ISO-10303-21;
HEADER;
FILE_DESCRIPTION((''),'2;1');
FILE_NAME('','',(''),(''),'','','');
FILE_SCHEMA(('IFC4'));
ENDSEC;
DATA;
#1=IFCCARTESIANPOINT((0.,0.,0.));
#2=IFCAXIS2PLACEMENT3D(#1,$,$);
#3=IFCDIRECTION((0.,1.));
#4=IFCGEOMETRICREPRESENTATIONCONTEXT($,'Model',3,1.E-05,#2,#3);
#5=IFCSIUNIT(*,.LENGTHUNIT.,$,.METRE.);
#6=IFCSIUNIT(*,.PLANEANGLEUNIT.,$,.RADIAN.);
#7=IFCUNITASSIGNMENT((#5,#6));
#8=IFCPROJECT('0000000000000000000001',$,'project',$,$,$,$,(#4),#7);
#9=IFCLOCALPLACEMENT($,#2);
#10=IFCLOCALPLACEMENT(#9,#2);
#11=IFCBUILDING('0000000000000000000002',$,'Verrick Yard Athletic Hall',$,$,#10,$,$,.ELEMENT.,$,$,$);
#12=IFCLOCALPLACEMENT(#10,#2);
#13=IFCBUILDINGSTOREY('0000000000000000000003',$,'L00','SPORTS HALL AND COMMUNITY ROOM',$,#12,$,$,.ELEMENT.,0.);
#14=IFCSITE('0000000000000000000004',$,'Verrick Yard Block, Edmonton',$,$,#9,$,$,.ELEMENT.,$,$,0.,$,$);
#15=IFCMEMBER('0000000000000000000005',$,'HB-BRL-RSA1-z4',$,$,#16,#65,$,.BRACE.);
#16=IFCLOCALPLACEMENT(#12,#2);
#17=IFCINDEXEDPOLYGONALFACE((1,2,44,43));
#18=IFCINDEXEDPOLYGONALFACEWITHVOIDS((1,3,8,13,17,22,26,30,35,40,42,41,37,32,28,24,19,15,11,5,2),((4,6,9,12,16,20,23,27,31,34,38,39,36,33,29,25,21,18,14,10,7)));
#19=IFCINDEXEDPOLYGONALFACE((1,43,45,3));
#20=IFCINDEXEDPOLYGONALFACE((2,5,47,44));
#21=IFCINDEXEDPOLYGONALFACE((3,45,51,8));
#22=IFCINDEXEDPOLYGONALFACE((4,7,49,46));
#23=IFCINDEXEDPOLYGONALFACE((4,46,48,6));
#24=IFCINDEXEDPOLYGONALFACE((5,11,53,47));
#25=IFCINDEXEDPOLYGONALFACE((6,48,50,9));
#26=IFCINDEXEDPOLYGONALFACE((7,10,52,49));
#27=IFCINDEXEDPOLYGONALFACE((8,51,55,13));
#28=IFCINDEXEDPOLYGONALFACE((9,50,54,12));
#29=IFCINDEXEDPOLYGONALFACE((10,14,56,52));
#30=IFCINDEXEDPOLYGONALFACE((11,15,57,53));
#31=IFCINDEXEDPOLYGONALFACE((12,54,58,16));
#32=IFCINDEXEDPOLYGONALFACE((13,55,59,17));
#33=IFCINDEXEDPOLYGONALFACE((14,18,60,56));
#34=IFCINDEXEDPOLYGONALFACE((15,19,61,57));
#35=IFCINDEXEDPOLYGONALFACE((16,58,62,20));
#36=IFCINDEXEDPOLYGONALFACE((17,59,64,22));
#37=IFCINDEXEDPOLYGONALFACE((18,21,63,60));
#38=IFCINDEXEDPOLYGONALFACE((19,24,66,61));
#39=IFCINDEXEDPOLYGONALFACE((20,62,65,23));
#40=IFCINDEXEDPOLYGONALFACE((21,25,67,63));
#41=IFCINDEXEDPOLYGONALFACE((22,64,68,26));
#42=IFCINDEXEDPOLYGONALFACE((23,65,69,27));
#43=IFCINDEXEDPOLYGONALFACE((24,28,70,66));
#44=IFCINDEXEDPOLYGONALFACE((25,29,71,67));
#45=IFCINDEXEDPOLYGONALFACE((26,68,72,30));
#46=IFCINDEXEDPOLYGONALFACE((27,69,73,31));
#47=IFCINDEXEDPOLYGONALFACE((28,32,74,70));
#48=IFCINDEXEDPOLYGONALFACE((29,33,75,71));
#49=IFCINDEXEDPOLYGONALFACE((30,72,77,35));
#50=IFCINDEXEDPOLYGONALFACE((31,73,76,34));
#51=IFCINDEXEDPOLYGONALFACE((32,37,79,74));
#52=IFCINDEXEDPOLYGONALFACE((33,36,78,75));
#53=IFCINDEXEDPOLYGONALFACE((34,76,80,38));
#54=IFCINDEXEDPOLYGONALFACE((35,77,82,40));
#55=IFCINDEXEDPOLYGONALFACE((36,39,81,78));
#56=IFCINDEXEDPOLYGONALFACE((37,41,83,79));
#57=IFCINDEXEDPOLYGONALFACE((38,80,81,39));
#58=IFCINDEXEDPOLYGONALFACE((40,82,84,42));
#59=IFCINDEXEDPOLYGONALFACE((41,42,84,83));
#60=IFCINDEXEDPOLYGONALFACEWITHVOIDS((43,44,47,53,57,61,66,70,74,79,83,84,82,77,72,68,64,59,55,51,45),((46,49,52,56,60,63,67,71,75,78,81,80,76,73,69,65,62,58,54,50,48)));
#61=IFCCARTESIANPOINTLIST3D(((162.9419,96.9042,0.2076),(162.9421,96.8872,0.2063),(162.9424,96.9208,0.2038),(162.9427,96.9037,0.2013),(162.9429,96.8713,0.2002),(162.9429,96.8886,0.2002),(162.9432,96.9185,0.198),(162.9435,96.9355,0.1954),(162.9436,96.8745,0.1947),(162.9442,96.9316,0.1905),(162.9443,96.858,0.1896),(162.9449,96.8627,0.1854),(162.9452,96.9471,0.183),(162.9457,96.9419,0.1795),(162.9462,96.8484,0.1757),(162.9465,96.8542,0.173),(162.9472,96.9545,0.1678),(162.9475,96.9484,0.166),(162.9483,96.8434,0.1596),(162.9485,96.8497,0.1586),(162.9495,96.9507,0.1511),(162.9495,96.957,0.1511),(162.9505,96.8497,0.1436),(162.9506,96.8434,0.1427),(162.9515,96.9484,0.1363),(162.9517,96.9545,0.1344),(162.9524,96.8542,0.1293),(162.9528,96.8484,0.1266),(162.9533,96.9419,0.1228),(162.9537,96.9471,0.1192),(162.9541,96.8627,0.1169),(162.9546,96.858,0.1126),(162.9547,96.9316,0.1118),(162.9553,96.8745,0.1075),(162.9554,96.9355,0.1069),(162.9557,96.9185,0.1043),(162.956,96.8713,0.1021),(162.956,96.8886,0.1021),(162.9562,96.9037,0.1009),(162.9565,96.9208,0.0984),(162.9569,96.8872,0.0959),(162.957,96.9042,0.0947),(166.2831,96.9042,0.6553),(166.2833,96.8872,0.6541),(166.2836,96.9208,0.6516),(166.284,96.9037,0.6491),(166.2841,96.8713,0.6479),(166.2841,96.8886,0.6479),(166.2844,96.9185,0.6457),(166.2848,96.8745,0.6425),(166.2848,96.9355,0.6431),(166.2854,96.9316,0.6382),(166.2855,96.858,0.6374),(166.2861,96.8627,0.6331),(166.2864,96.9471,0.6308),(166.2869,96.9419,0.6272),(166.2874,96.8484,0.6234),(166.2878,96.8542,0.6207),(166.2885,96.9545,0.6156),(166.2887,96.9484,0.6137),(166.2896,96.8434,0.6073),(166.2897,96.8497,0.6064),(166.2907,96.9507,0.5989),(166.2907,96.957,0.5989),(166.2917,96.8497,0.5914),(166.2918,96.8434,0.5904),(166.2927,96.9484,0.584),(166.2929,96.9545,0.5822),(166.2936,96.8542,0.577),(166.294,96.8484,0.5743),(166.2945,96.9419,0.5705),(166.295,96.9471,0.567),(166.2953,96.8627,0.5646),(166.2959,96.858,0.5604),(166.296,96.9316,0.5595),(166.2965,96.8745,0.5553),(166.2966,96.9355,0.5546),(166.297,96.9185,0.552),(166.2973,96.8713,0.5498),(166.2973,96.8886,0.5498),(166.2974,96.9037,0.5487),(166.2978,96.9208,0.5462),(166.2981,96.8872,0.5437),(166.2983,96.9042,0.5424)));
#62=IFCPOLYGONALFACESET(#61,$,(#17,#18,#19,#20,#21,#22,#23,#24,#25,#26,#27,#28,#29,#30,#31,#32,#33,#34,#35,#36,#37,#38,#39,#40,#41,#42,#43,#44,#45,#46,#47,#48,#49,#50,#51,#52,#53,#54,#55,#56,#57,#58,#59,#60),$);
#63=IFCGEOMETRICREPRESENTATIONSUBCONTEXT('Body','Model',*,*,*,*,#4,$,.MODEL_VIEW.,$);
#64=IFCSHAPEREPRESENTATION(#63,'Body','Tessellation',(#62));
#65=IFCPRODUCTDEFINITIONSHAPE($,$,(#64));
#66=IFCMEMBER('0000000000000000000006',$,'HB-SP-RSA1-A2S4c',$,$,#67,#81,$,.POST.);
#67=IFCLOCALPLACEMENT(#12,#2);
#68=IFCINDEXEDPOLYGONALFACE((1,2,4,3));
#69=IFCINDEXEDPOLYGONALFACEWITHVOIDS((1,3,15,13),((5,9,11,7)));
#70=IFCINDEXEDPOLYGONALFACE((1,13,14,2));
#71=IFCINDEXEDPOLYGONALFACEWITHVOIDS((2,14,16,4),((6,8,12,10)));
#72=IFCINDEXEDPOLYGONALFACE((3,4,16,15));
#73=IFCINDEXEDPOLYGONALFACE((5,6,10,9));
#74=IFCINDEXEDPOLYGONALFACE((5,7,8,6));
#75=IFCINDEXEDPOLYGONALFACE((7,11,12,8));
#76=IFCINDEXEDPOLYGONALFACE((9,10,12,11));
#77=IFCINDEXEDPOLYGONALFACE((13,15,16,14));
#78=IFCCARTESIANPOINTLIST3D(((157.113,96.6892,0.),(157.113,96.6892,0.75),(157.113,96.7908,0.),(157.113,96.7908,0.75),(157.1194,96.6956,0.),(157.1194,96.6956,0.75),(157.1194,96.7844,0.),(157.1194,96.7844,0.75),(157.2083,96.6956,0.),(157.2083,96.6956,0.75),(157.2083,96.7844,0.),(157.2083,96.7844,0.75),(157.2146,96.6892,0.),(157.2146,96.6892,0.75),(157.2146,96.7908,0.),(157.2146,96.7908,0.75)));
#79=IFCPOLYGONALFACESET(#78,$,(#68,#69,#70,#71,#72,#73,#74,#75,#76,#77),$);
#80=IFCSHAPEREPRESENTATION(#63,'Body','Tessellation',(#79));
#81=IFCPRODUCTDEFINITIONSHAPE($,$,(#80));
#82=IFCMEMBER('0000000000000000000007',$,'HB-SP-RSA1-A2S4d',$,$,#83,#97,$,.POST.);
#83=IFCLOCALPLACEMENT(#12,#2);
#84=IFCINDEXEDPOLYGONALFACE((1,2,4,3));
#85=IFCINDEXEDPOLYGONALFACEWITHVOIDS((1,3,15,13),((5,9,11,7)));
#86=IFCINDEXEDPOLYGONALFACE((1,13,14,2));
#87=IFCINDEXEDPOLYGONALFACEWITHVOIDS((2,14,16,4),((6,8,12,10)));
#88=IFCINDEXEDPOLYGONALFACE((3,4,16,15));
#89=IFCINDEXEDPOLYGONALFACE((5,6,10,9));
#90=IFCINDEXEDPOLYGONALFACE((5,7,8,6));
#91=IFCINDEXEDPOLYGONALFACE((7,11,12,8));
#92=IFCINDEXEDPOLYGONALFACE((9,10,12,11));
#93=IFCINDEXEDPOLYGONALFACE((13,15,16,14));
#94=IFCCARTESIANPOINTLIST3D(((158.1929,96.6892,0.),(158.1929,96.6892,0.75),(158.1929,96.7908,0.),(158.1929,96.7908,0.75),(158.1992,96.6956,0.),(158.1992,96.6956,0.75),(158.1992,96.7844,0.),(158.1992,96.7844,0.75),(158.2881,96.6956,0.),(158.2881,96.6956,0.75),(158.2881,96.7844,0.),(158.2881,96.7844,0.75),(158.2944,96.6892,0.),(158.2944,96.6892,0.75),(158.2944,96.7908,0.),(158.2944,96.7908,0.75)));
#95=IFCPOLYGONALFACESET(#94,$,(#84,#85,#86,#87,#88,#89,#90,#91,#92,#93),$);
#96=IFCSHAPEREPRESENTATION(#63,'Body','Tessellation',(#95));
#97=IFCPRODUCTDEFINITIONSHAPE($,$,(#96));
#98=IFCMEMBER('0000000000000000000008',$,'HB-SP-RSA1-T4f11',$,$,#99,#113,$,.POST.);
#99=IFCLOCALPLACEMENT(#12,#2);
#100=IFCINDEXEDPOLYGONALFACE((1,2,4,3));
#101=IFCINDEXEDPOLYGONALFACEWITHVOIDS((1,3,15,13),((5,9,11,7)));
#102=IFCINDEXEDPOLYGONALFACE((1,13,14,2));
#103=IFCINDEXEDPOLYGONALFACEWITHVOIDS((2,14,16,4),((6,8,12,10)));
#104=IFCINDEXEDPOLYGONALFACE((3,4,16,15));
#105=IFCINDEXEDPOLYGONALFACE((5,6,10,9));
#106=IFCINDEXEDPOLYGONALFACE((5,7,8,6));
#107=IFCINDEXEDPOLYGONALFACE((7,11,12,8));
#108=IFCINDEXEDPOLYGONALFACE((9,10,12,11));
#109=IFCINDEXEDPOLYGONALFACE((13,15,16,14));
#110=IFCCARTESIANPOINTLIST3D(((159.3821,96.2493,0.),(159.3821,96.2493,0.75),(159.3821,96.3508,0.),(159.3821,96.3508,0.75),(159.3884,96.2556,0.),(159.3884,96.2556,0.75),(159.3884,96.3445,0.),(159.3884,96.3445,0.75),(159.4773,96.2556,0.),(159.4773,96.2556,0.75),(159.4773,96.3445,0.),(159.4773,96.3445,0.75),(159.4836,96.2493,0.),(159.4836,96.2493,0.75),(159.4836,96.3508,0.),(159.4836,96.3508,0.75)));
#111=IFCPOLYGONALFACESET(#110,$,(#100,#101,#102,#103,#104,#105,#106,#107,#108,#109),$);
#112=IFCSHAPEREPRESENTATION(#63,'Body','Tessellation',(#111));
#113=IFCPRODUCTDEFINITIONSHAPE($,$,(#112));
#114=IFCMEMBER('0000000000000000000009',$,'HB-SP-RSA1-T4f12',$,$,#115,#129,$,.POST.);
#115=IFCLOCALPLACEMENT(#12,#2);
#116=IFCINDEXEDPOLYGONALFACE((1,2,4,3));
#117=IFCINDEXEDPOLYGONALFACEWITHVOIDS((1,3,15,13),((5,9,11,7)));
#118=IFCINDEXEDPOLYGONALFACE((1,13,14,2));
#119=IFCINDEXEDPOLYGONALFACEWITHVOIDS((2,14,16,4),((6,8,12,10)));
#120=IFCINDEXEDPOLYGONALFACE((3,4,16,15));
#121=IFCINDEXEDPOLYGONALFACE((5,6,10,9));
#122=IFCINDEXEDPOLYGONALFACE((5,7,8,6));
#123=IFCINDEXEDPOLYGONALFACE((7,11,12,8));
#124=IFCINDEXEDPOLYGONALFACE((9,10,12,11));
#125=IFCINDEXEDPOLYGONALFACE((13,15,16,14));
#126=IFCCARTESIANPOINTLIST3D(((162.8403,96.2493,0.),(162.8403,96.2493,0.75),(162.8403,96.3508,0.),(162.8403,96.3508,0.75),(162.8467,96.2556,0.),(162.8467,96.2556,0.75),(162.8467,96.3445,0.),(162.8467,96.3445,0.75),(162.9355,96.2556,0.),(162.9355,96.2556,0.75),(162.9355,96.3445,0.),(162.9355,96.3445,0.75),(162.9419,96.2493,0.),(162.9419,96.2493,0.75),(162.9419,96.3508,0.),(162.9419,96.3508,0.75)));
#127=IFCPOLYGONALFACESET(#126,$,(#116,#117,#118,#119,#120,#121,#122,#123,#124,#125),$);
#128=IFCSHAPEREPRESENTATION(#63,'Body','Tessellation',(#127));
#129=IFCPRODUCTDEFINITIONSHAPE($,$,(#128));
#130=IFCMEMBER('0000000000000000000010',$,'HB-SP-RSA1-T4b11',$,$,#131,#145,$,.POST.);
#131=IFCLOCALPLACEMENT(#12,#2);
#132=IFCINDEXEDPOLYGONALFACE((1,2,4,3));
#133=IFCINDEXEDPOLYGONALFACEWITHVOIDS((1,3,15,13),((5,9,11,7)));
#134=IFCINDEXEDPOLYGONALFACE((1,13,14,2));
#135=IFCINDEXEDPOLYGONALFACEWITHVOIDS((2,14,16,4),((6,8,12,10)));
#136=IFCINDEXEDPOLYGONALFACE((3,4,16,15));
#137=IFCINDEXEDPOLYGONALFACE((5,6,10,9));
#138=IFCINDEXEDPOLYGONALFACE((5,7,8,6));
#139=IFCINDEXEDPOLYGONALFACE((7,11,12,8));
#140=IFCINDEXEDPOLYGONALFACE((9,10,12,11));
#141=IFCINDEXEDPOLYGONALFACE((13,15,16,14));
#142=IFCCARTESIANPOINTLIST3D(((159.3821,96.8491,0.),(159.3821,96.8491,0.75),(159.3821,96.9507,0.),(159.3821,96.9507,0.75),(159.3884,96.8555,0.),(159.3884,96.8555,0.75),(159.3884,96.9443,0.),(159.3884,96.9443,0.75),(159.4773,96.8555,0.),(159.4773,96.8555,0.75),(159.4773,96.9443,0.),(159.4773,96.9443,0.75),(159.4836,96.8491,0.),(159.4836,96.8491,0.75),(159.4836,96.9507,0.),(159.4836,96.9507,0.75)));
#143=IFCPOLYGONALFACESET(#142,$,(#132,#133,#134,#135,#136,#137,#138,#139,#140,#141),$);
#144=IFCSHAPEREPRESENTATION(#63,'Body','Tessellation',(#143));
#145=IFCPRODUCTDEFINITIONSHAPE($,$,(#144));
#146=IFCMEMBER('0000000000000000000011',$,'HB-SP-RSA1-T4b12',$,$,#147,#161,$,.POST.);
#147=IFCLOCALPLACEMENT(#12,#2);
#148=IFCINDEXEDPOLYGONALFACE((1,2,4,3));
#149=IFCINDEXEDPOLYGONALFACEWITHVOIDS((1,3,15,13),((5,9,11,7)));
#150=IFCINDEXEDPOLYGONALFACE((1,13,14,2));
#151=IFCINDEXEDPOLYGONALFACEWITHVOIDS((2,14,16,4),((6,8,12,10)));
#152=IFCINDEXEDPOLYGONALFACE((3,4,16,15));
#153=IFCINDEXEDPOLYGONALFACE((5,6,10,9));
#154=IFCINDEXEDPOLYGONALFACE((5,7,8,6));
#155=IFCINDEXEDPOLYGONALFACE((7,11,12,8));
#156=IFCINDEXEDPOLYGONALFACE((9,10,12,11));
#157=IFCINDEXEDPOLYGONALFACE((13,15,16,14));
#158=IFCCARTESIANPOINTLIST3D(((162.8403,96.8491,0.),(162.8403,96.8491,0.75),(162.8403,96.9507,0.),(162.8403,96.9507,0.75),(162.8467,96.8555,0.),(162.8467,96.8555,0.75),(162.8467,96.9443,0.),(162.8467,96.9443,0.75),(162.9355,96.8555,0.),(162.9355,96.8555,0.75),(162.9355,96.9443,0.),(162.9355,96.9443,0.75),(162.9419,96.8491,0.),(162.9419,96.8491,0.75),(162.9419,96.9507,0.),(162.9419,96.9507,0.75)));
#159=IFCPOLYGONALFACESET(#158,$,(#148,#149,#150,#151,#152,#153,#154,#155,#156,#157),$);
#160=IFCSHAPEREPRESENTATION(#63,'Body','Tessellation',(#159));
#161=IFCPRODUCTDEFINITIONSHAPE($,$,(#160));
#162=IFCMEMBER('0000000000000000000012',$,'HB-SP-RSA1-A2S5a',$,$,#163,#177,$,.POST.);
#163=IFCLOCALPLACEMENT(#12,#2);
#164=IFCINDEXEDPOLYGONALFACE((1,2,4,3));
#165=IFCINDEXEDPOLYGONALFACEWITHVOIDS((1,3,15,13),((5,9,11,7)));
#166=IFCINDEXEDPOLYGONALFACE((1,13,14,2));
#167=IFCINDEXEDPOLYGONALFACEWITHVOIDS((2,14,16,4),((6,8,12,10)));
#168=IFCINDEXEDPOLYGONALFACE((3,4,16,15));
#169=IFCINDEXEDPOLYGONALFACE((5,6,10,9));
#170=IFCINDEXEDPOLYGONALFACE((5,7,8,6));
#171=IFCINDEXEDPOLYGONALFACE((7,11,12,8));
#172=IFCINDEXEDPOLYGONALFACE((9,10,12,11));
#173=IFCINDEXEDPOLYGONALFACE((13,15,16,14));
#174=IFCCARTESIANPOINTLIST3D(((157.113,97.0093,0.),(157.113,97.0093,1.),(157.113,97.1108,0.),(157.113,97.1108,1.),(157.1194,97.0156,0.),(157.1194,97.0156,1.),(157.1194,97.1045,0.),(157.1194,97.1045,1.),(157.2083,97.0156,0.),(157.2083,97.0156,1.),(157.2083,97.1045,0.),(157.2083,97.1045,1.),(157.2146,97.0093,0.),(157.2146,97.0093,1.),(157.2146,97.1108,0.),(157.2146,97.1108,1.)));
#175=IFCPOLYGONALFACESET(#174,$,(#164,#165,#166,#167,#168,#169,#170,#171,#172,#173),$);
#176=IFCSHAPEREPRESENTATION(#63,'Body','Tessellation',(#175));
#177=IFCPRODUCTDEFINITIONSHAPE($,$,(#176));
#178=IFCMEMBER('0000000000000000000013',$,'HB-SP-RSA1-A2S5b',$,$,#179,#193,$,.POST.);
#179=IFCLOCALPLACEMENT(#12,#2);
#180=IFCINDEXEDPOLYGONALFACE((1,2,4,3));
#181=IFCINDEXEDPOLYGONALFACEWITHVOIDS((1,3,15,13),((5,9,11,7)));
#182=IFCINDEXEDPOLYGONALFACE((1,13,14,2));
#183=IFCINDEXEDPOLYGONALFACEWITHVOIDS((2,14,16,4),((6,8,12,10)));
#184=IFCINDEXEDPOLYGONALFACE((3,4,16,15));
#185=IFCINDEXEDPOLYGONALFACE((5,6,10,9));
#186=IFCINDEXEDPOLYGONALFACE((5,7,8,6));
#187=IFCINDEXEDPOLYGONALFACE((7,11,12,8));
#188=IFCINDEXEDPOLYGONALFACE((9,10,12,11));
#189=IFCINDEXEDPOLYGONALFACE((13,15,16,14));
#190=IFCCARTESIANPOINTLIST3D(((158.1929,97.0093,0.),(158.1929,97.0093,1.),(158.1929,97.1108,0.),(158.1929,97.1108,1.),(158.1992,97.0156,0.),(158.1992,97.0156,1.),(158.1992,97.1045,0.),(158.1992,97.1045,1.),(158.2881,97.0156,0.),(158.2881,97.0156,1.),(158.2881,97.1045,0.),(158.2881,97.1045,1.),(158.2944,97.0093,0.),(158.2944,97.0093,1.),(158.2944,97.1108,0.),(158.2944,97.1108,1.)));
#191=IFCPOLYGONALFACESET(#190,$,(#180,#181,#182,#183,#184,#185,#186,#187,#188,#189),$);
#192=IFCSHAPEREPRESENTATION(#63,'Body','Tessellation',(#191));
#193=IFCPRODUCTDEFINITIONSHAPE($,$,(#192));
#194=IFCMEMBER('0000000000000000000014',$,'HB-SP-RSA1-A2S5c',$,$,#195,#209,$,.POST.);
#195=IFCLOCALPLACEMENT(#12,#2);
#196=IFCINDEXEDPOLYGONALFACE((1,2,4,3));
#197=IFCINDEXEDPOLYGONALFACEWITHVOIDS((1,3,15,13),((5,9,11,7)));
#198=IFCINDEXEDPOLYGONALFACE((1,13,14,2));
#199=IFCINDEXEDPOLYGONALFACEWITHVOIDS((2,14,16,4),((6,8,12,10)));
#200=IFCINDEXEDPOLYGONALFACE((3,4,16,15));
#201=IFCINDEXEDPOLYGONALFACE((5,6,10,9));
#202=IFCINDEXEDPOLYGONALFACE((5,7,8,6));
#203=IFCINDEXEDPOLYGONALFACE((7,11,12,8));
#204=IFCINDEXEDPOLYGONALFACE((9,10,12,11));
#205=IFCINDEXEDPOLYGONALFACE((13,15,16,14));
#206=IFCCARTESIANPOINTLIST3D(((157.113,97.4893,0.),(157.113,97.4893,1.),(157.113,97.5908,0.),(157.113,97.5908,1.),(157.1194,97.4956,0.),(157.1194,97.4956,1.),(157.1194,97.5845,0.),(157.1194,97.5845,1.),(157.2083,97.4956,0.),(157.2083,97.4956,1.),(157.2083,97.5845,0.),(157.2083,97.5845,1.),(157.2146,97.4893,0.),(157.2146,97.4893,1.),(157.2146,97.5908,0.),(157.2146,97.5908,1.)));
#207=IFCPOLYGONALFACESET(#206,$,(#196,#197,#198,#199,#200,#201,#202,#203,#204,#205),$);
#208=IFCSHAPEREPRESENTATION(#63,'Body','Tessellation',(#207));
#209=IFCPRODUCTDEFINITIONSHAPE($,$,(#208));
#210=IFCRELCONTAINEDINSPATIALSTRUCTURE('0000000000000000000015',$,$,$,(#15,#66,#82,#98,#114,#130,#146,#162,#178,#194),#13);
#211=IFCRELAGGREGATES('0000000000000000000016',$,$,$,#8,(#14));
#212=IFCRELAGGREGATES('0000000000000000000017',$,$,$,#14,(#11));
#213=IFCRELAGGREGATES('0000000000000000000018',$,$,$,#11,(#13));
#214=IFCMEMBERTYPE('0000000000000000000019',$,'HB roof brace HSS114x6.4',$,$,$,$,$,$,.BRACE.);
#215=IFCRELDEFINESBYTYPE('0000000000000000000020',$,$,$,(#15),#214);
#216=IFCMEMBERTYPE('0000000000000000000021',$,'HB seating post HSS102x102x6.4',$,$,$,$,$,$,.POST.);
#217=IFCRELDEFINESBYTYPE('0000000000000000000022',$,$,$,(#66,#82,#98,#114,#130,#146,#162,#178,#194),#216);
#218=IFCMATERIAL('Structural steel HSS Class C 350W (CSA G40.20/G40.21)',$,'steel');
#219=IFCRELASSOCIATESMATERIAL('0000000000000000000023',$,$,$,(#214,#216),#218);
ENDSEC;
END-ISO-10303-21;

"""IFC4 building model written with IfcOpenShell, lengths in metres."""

from ifc_helpers import new_model, si_unit, direction, frame, origin, origin_2d, place, context, subcontext, project, spatial, hollow_rectangle, hollow_circle, extrude, material, material_profile, profile_set, type_object, element, save


model = new_model("IFC4")

# Units and contexts
model_context = context("Model", 3, precision=1e-05, world=origin(), true_north=direction((0.0, 1.0)))
body_context = subcontext(model_context, "Body", "Model", "MODEL_VIEW")
ifc_project = project(units=[si_unit("LENGTHUNIT", "METRE"), si_unit("PLANEANGLEUNIT", "RADIAN")], contexts=[model_context])

# Site, building, storey
site_placement = place(None, origin())
site = spatial("IfcSite", under=ifc_project, at=site_placement, Name="Verrick Yard Block, Edmonton", CompositionType="ELEMENT", RefElevation=0.0)
building_placement = place(site_placement, origin())
building = spatial("IfcBuilding", under=site, at=building_placement, Name="Verrick Yard Athletic Hall", CompositionType="ELEMENT")
storey_placement = place(building_placement, origin())
storey = spatial("IfcBuildingStorey", under=building, at=storey_placement, Name="L00", Description="SPORTS HALL AND COMMUNITY ROOM", CompositionType="ELEMENT", Elevation=0.0)

# Members
ifc_material = material(Name="Structural steel HSS Class C 350W (CSA G40.20/G40.21)", Category="steel")
ifc_material_profile_1 = material_profile(ifc_material, hollow_circle(Radius=0.0571, WallThickness=0.0063, at=origin_2d()), Name="HSS114x6.4")
ifc_profile_set_1 = profile_set([ifc_material_profile_1], Name="Structural steel HSS Class C 350W (CSA G40.20/G40.21)")
member_type_1 = type_object("IfcMemberType", Name="HB roof brace HSS114x6.4", PredefinedType="BRACE", material=ifc_profile_set_1)
member_placement = place(storey_placement, frame((162.9495, 96.8999, 0.1511), z_axis=(0.99114, 0.0, 0.132818), x_axis=(0.0, 1.0, 0.0)))
element("IfcMember", 1, at=member_placement, inside=storey, type_object=member_type_1, Name="HB-BRL-RSA1-z4", PredefinedType="BRACE", context=body_context, shape_type="SweptSolid", body=[
    extrude(hollow_circle(Radius=0.0571, WallThickness=0.0063, at=origin_2d()), origin(), (0.0, 0.0, 1.0), 3.3711),
])
ifc_material_profile_2 = material_profile(ifc_material, hollow_rectangle(XDim=0.1016, YDim=0.1016, WallThickness=0.0063, at=origin_2d()), Name="HSS102x102x6.4")
ifc_profile_set_2 = profile_set([ifc_material_profile_2], Name="Structural steel HSS Class C 350W (CSA G40.20/G40.21)")
member_type_2 = type_object("IfcMemberType", Name="HB seating post HSS102x102x6.4", PredefinedType="POST", material=ifc_profile_set_2)
for number, where, z_axis, x_axis, name in (
    (2, (157.1638, 96.74, 0.0), (0.0, 0.0, 1.0), (0.0, 1.0, 0.0), "HB-SP-RSA1-A2S4c"),
    (3, (158.2437, 96.74, 0.0), (0.0, 0.0, 1.0), (0.0, 1.0, 0.0), "HB-SP-RSA1-A2S4d"),
    (4, (159.4329, 96.3, 0.0), (0.0, 0.0, 1.0), (0.0, 1.0, 0.0), "HB-SP-RSA1-T4f11"),
    (5, (162.8911, 96.3, 0.0), (0.0, 0.0, 1.0), (0.0, 1.0, 0.0), "HB-SP-RSA1-T4f12"),
    (6, (159.4329, 96.8999, 0.0), (0.0, 0.0, 1.0), (0.0, 1.0, 0.0), "HB-SP-RSA1-T4b11"),
    (7, (162.8911, 96.8999, 0.0), (0.0, 0.0, 1.0), (0.0, 1.0, 0.0), "HB-SP-RSA1-T4b12"),
):
    element("IfcMember", number, at=place(storey_placement, frame(where, z_axis=z_axis, x_axis=x_axis)), inside=storey, type_object=member_type_2, Name=name, PredefinedType="POST", context=body_context, shape_type="SweptSolid", body=[
        extrude(hollow_rectangle(XDim=0.1016, YDim=0.1016, WallThickness=0.0063, at=origin_2d()), origin(), (0.0, 0.0, 1.0), 0.75),
    ])
for number, where, z_axis, x_axis, name in (
    (8, (157.1638, 97.0601, 0.0), (0.0, 0.0, 1.0), (0.0, 1.0, 0.0), "HB-SP-RSA1-A2S5a"),
    (9, (158.2437, 97.0601, 0.0), (0.0, 0.0, 1.0), (0.0, 1.0, 0.0), "HB-SP-RSA1-A2S5b"),
    (10, (157.1638, 97.54, 0.0), (0.0, 0.0, 1.0), (0.0, 1.0, 0.0), "HB-SP-RSA1-A2S5c"),
):
    element("IfcMember", number, at=place(storey_placement, frame(where, z_axis=z_axis, x_axis=x_axis)), inside=storey, type_object=member_type_2, Name=name, PredefinedType="POST", context=body_context, shape_type="SweptSolid", body=[
        extrude(hollow_rectangle(XDim=0.1016, YDim=0.1016, WallThickness=0.0063, at=origin_2d()), origin(), (0.0, 0.0, 1.0), 1.0),
    ])

save(model, "model.ifc")
